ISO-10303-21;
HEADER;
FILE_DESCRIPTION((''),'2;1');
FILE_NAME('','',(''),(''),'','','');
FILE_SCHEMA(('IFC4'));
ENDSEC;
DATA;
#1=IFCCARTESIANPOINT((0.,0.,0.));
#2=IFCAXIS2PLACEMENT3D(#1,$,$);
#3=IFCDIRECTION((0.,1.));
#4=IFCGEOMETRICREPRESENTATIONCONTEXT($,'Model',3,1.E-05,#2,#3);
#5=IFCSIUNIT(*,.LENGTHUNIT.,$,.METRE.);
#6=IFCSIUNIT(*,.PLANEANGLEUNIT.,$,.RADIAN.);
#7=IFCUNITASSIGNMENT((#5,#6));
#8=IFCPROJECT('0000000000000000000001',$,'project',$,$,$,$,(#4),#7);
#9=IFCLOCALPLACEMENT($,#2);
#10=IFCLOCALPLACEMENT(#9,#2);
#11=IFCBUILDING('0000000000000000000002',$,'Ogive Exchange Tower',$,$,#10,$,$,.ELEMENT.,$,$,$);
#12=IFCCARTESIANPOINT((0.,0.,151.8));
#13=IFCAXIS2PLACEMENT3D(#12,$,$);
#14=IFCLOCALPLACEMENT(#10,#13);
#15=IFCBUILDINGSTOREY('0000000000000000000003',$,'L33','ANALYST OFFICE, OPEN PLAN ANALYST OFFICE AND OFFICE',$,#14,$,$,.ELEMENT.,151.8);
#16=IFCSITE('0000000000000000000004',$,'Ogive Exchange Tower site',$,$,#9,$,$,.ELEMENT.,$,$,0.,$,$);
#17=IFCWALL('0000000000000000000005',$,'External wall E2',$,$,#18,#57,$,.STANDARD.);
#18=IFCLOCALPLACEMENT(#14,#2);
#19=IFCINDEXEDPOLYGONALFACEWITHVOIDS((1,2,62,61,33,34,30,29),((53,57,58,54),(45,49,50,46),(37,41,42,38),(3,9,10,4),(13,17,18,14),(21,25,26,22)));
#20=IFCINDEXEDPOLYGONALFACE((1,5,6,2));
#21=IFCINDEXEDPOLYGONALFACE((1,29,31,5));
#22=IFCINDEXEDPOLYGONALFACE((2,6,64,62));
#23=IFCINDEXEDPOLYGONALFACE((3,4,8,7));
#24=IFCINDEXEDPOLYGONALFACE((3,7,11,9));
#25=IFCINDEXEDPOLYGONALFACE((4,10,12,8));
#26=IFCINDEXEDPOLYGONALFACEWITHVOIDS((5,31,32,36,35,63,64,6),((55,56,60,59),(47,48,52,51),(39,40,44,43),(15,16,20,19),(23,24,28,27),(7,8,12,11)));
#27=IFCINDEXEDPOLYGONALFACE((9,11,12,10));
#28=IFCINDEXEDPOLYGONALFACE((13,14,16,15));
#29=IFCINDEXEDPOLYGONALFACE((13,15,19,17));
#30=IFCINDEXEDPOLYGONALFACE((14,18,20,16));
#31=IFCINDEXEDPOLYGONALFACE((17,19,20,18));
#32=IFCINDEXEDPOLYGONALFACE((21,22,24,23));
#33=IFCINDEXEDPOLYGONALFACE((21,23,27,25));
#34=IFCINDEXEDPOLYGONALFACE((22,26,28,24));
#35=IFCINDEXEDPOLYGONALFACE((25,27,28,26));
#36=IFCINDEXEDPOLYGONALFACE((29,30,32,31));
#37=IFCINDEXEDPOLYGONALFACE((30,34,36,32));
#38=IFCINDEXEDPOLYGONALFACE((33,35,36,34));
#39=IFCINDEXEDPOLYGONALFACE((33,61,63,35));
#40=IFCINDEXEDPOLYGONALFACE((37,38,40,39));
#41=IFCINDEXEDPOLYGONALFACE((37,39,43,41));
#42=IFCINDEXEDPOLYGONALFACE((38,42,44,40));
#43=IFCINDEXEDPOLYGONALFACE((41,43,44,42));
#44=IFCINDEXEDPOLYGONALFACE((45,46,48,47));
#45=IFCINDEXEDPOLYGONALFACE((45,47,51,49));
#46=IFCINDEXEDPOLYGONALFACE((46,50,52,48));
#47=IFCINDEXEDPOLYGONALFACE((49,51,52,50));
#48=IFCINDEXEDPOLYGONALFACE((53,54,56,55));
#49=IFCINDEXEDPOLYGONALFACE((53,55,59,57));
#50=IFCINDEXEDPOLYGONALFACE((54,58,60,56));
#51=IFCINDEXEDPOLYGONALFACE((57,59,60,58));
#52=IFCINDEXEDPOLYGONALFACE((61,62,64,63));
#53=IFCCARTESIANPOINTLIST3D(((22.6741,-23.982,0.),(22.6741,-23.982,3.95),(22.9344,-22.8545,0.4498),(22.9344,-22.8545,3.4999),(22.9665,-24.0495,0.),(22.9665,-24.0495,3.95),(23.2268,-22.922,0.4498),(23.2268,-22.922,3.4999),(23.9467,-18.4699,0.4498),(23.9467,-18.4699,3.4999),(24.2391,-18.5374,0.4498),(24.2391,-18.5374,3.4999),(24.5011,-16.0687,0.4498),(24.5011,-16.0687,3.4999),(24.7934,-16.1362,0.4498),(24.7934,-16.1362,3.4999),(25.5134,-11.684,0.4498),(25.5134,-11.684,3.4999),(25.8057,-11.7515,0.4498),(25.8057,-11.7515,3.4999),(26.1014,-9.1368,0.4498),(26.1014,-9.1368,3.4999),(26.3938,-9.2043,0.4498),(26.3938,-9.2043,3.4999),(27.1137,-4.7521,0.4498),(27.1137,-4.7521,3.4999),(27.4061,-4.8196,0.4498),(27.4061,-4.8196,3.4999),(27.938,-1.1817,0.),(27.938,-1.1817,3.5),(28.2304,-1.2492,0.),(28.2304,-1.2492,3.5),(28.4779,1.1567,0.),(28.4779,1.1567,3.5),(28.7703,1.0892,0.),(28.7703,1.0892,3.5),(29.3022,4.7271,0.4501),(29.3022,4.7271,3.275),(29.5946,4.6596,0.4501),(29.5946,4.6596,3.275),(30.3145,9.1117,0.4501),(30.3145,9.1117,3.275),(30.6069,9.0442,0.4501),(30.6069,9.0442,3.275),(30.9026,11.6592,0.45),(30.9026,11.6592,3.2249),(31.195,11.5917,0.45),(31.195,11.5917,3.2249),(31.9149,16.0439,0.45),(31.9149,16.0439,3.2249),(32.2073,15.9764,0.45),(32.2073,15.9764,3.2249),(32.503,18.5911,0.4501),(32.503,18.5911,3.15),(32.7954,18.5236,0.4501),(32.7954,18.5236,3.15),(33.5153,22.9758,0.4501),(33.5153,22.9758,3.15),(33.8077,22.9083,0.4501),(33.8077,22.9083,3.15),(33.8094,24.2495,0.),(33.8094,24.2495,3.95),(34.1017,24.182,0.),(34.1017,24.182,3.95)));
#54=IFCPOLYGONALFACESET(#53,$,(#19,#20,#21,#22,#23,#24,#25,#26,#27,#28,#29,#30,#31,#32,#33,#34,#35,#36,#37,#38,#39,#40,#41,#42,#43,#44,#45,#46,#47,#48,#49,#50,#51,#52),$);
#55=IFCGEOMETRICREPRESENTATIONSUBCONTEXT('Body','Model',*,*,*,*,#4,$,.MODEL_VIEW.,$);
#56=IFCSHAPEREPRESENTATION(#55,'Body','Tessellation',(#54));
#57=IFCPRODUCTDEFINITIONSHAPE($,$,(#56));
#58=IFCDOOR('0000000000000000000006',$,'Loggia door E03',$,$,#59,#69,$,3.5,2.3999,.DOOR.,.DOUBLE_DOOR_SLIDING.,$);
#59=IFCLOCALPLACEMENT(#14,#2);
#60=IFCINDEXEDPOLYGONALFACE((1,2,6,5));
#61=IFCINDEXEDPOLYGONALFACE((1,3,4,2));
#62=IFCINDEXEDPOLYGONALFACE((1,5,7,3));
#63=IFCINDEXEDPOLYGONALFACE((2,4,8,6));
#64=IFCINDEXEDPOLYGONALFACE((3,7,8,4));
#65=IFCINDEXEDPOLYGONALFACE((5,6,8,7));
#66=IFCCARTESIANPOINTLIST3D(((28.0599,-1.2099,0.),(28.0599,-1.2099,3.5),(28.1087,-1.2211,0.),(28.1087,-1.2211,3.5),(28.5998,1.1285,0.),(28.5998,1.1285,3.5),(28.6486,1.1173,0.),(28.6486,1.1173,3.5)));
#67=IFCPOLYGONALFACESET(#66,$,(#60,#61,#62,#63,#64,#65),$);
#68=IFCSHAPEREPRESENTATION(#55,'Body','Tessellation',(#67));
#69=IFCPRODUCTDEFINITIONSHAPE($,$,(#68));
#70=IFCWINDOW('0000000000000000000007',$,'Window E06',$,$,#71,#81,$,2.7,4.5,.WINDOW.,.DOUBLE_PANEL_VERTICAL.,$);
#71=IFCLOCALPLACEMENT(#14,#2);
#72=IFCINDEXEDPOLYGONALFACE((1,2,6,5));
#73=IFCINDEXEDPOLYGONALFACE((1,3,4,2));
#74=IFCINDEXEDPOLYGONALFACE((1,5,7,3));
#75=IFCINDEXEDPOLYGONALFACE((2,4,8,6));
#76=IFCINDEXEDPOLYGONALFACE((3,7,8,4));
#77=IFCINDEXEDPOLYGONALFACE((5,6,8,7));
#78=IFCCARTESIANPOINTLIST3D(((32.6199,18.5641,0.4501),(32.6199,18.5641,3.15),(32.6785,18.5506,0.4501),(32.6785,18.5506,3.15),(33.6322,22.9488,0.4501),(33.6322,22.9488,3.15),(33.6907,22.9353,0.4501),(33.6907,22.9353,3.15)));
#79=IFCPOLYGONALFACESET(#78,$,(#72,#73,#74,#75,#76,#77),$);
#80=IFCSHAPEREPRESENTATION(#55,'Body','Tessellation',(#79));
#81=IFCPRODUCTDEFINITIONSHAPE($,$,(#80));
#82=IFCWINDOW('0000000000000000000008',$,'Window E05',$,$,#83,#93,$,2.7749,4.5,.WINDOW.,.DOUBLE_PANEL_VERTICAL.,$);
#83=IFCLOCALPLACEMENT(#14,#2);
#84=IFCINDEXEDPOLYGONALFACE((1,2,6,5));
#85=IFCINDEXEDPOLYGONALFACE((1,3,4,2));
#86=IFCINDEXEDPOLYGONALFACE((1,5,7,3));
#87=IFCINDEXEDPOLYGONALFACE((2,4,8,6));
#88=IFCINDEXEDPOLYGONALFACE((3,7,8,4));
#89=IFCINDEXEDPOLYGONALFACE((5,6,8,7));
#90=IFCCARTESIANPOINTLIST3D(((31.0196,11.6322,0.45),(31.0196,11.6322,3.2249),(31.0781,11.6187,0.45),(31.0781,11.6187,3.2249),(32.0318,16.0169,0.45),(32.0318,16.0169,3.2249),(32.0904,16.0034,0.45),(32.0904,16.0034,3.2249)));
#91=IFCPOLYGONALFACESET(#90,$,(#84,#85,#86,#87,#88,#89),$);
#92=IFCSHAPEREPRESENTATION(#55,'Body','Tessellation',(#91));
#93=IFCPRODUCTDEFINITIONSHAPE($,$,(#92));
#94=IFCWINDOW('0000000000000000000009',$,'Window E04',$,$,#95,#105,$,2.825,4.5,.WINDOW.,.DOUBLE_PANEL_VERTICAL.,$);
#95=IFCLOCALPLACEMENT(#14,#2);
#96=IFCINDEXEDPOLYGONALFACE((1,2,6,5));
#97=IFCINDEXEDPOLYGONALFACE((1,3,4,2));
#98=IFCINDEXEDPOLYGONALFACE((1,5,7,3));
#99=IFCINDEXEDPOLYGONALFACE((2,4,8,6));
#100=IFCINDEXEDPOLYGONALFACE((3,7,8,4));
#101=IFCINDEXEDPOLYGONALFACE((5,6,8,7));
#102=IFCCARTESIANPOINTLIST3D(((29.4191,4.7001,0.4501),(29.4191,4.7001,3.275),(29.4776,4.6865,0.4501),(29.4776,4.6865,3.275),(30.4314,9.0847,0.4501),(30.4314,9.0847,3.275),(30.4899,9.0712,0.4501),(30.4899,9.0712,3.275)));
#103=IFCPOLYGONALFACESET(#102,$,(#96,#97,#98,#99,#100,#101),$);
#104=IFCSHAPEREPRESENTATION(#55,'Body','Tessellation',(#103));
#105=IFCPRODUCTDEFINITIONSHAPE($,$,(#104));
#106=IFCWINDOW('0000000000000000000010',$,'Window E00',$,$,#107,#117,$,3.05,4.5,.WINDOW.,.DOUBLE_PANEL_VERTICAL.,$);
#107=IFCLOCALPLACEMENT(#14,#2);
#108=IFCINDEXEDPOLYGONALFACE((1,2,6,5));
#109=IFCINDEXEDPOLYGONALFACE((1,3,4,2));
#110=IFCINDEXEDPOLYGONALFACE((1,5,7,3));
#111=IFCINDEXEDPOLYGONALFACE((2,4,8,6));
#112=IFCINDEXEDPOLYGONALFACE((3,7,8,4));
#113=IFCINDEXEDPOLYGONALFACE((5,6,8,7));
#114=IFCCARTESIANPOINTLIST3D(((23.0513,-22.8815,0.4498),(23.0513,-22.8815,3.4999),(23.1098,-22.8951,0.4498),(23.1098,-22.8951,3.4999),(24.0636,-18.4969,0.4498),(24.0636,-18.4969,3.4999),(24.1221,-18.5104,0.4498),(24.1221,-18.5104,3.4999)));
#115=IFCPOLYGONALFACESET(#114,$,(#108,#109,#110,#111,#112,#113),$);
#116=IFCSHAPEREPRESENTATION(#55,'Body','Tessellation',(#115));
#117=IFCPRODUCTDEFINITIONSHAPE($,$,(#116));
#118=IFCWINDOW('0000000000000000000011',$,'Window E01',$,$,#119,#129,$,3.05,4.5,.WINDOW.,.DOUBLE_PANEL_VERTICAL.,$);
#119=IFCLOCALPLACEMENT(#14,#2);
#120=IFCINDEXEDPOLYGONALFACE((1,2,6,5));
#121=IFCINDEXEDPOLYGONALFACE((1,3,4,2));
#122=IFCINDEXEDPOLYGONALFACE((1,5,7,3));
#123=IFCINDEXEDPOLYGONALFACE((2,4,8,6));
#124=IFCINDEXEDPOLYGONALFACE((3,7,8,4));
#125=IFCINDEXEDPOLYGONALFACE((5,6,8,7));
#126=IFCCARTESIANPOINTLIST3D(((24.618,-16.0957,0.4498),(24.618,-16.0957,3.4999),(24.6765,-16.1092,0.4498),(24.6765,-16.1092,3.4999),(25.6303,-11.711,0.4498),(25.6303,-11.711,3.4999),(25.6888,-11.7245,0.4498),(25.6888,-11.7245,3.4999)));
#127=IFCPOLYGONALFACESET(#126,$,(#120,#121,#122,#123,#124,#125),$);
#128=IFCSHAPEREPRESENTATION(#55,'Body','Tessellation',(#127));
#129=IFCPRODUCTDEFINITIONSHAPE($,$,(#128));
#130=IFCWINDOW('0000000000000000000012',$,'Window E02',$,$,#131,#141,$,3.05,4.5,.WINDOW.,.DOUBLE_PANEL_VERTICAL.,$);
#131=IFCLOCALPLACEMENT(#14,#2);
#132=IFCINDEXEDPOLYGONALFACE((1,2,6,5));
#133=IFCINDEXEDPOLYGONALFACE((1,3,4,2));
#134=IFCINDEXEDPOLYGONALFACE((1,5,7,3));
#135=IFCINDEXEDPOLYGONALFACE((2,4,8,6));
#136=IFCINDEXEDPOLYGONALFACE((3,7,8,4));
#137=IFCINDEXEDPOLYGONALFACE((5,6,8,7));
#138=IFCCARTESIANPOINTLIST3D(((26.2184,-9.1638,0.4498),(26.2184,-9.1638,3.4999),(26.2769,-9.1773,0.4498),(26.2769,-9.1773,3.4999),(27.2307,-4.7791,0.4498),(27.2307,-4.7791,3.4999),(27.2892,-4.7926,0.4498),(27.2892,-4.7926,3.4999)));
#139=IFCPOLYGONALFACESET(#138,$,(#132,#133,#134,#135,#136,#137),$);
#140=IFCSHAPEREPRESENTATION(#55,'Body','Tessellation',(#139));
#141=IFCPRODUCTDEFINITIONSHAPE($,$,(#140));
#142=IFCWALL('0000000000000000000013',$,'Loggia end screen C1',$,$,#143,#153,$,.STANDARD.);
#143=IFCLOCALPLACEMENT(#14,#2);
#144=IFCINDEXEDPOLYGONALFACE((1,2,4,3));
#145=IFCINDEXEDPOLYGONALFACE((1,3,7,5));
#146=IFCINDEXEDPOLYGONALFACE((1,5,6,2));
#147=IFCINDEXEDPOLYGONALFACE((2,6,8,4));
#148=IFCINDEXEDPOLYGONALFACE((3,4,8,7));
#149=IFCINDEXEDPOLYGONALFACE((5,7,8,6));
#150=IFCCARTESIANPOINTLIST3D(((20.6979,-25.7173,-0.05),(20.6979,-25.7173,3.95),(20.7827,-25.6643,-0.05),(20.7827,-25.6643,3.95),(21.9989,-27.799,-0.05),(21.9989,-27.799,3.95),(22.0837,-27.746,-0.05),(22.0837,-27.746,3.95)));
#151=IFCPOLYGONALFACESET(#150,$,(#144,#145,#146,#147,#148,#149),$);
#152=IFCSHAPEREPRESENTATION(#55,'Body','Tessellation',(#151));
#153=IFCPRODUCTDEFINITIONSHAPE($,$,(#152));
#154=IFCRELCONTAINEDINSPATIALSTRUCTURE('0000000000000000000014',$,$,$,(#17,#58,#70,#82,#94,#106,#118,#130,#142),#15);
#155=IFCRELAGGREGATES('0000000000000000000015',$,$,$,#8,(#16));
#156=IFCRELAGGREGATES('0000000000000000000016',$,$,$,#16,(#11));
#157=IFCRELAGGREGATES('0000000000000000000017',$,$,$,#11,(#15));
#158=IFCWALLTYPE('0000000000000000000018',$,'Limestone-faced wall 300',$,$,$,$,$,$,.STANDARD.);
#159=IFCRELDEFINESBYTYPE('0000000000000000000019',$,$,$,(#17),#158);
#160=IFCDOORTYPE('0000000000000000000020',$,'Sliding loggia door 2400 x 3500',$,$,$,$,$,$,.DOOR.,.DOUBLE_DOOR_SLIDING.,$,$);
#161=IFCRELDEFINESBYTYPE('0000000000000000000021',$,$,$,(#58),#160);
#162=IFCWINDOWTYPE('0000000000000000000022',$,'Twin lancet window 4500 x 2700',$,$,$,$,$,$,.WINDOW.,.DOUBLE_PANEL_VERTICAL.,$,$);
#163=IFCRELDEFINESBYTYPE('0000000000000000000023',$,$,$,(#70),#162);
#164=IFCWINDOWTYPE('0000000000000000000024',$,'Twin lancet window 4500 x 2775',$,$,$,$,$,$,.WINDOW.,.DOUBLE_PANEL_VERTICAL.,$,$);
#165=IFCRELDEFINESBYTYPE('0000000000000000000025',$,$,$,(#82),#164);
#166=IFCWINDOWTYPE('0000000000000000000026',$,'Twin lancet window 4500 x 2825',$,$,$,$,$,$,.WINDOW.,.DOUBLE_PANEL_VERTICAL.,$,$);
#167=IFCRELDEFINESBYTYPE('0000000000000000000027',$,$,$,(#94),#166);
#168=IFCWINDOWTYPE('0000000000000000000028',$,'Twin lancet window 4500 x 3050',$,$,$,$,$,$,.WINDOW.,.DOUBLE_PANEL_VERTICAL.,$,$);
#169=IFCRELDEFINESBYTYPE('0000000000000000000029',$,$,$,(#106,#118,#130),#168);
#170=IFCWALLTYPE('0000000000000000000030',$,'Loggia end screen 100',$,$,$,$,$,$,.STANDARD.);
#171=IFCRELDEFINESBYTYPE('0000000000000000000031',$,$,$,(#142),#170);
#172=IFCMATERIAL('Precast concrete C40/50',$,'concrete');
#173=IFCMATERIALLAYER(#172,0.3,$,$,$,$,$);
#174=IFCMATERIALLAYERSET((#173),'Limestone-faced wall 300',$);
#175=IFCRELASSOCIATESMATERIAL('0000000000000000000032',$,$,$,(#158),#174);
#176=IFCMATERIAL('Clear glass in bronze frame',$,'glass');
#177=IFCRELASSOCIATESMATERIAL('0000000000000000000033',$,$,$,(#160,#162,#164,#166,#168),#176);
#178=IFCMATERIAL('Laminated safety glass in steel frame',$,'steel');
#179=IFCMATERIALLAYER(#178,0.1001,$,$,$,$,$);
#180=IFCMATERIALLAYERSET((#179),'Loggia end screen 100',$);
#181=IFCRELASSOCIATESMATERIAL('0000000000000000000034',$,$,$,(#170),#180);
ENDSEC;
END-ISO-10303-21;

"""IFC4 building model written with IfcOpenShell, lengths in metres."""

from ifc_helpers import new_model, si_unit, direction, frame, frame_2d, origin, place, context, subcontext, project, spatial, rectangle, extrude, material, layer, layer_set, type_object, element, fill, save


model = new_model("IFC4")

# Units and contexts
model_context = context("Model", 3, precision=1e-05, world=origin(), true_north=direction((0.0, 1.0)))
body_context = subcontext(model_context, "Body", "Model", "MODEL_VIEW")
ifc_project = project(units=[si_unit("LENGTHUNIT", "METRE"), si_unit("PLANEANGLEUNIT", "RADIAN")], contexts=[model_context])

# Site, building, storey
site_placement = place(None, origin())
site = spatial("IfcSite", under=ifc_project, at=site_placement, Name="Ogive Exchange Tower site", CompositionType="ELEMENT", RefElevation=0.0)
building_placement = place(site_placement, origin())
building = spatial("IfcBuilding", under=site, at=building_placement, Name="Ogive Exchange Tower", CompositionType="ELEMENT")
storey_placement = place(building_placement, frame((0.0, 0.0, 151.8)))
storey = spatial("IfcBuildingStorey", under=building, at=storey_placement, Name="L33", Description="ANALYST OFFICE, OPEN PLAN ANALYST OFFICE AND OFFICE", CompositionType="ELEMENT", Elevation=151.8)

# Wall, openings, door, windows
ifc_material_1 = material(Name="Precast concrete C40/50", Category="concrete")
ifc_layer_1 = layer(ifc_material_1, 0.3)
ifc_layer_set_1 = layer_set([ifc_layer_1], Name="Limestone-faced wall 300")
wall_type_1 = type_object("IfcWallType", Name="Limestone-faced wall 300", PredefinedType="STANDARD", material=ifc_layer_set_1)
wall_1_placement = place(storey_placement, frame((22.8203, -24.0156, 0.0), z_axis=(0.0, 0.0, 1.0), x_axis=(0.224954, 0.974369, 0.0)))
wall_1 = element("IfcWall", 1, at=wall_1_placement, inside=storey, type_object=wall_type_1, Name="External wall E2", PredefinedType="STANDARD", context=body_context, shape_type="SweptSolid", body=[
    extrude(rectangle(XDim=49.5002, YDim=0.3, at=frame_2d((24.75, 0.0))), origin(), (0.0, 0.0, 1.0), 3.95),
])
opening_1_placement = place(wall_1_placement, frame((1.157, 0.0, 0.45)))
opening_1 = element("IfcOpeningElement", 2, at=opening_1_placement, cuts=wall_1, PredefinedType="OPENING", context=body_context, shape_type="SweptSolid", body=[
    extrude(rectangle(XDim=4.5, YDim=3.05, at=frame_2d((2.25, 1.5249))), frame((0.0, 0.1599, 0.0), z_axis=(0.0, -1.0, 0.0), x_axis=(1.0, 0.0, 0.0)), (0.0, 0.0, 1.0), 0.3201),
])
opening_2_placement = place(wall_1_placement, frame((8.1213, 0.0, 0.45)))
opening_2 = element("IfcOpeningElement", 3, at=opening_2_placement, cuts=wall_1, PredefinedType="OPENING", context=body_context, shape_type="SweptSolid", body=[
    extrude(rectangle(XDim=4.5, YDim=3.05, at=frame_2d((2.25, 1.5249))), frame((0.0, 0.1599, 0.0), z_axis=(0.0, -1.0, 0.0), x_axis=(1.0, 0.0, 0.0)), (0.0, 0.0, 1.0), 0.3201),
])
opening_3_placement = place(wall_1_placement, frame((15.2356, 0.0, 0.45)))
opening_3 = element("IfcOpeningElement", 4, at=opening_3_placement, cuts=wall_1, PredefinedType="OPENING", context=body_context, shape_type="SweptSolid", body=[
    extrude(rectangle(XDim=4.5, YDim=3.05, at=frame_2d((2.25, 1.5249))), frame((0.0, 0.1599, 0.0), z_axis=(0.0, -1.0, 0.0), x_axis=(1.0, 0.0, 0.0)), (0.0, 0.0, 1.0), 0.3201),
])
opening_4_placement = place(wall_1_placement, frame((23.3999, 0.0, 0.0)))
opening_4 = element("IfcOpeningElement", 5, at=opening_4_placement, cuts=wall_1, PredefinedType="OPENING", context=body_context, shape_type="SweptSolid", body=[
    extrude(rectangle(XDim=2.3999, YDim=3.5, at=frame_2d((1.2, 1.75))), frame((0.0, 0.1599, 0.0), z_axis=(0.0, -1.0, 0.0), x_axis=(1.0, 0.0, 0.0)), (0.0, 0.0, 1.0), 0.3201),
])
opening_5_placement = place(wall_1_placement, frame((29.4641, 0.0, 0.45)))
opening_5 = element("IfcOpeningElement", 6, at=opening_5_placement, cuts=wall_1, PredefinedType="OPENING", context=body_context, shape_type="SweptSolid", body=[
    extrude(rectangle(XDim=4.5, YDim=2.825, at=frame_2d((2.25, 1.4126))), frame((0.0, 0.1599, 0.0), z_axis=(0.0, -1.0, 0.0), x_axis=(1.0, 0.0, 0.0)), (0.0, 0.0, 1.0), 0.3201),
])
opening_6_placement = place(wall_1_placement, frame((36.5786, 0.0, 0.45)))
opening_6 = element("IfcOpeningElement", 7, at=opening_6_placement, cuts=wall_1, PredefinedType="OPENING", context=body_context, shape_type="SweptSolid", body=[
    extrude(rectangle(XDim=4.5, YDim=2.7749, at=frame_2d((2.25, 1.3875))), frame((0.0, 0.1599, 0.0), z_axis=(0.0, -1.0, 0.0), x_axis=(1.0, 0.0, 0.0)), (0.0, 0.0, 1.0), 0.3201),
])
opening_7_placement = place(wall_1_placement, frame((43.6929, 0.0, 0.45)))
opening_7 = element("IfcOpeningElement", 8, at=opening_7_placement, cuts=wall_1, PredefinedType="OPENING", context=body_context, shape_type="SweptSolid", body=[
    extrude(rectangle(XDim=4.5, YDim=2.7, at=frame_2d((2.25, 1.3501))), frame((0.0, 0.1599, 0.0), z_axis=(0.0, -1.0, 0.0), x_axis=(1.0, 0.0, 0.0)), (0.0, 0.0, 1.0), 0.3201),
])
ifc_material_2 = material(Name="Clear glass in bronze frame", Category="glass")
door_type_1 = type_object("IfcDoorType", Name="Sliding loggia door 2400 x 3500", OperationType="DOUBLE_DOOR_SLIDING", PredefinedType="DOOR", material=ifc_material_2)
door_1_placement = place(opening_4_placement, origin())
door_1 = element("IfcDoor", 9, at=door_1_placement, inside=storey, type_object=door_type_1, Name="Loggia door E03", OperationType="DOUBLE_DOOR_SLIDING", OverallHeight=3.5, OverallWidth=2.3999, PredefinedType="DOOR", context=body_context, shape_type="SweptSolid", body=[
    extrude(rectangle(XDim=2.3999, YDim=3.5, at=frame_2d((1.2, 1.75))), frame((0.0, 0.0249, 0.0), z_axis=(0.0, -1.0, 0.0), x_axis=(1.0, 0.0, 0.0)), (0.0, 0.0, 1.0), 0.05),
])
fill(opening_4, door_1)
window_type_1 = type_object("IfcWindowType", Name="Twin lancet window 4500 x 2700", PartitioningType="DOUBLE_PANEL_VERTICAL", PredefinedType="WINDOW", material=ifc_material_2)
window_1_placement = place(opening_7_placement, origin())
window_1 = element("IfcWindow", 10, at=window_1_placement, inside=storey, type_object=window_type_1, Name="Window E06", OverallHeight=2.7, OverallWidth=4.5, PartitioningType="DOUBLE_PANEL_VERTICAL", PredefinedType="WINDOW", context=body_context, shape_type="SweptSolid", body=[
    extrude(rectangle(XDim=4.5, YDim=2.7, at=frame_2d((2.25, 1.3501))), frame((0.0, 0.03, 0.0), z_axis=(0.0, -1.0, 0.0), x_axis=(1.0, 0.0, 0.0)), (0.0, 0.0, 1.0), 0.0601),
])
fill(opening_7, window_1)
window_type_2 = type_object("IfcWindowType", Name="Twin lancet window 4500 x 2775", PartitioningType="DOUBLE_PANEL_VERTICAL", PredefinedType="WINDOW", material=ifc_material_2)
window_2_placement = place(opening_6_placement, origin())
window_2 = element("IfcWindow", 11, at=window_2_placement, inside=storey, type_object=window_type_2, Name="Window E05", OverallHeight=2.7749, OverallWidth=4.5, PartitioningType="DOUBLE_PANEL_VERTICAL", PredefinedType="WINDOW", context=body_context, shape_type="SweptSolid", body=[
    extrude(rectangle(XDim=4.5, YDim=2.7749, at=frame_2d((2.25, 1.3875))), frame((0.0, 0.03, 0.0), z_axis=(0.0, -1.0, 0.0), x_axis=(1.0, 0.0, 0.0)), (0.0, 0.0, 1.0), 0.0601),
])
fill(opening_6, window_2)
window_type_3 = type_object("IfcWindowType", Name="Twin lancet window 4500 x 2825", PartitioningType="DOUBLE_PANEL_VERTICAL", PredefinedType="WINDOW", material=ifc_material_2)
window_3_placement = place(opening_5_placement, origin())
window_3 = element("IfcWindow", 12, at=window_3_placement, inside=storey, type_object=window_type_3, Name="Window E04", OverallHeight=2.825, OverallWidth=4.5, PartitioningType="DOUBLE_PANEL_VERTICAL", PredefinedType="WINDOW", context=body_context, shape_type="SweptSolid", body=[
    extrude(rectangle(XDim=4.5, YDim=2.825, at=frame_2d((2.25, 1.4126))), frame((0.0, 0.03, 0.0), z_axis=(0.0, -1.0, 0.0), x_axis=(1.0, 0.0, 0.0)), (0.0, 0.0, 1.0), 0.0601),
])
fill(opening_5, window_3)
window_type_4 = type_object("IfcWindowType", Name="Twin lancet window 4500 x 3050", PartitioningType="DOUBLE_PANEL_VERTICAL", PredefinedType="WINDOW", material=ifc_material_2)
window_4_placement = place(opening_1_placement, origin())
window_4 = element("IfcWindow", 13, at=window_4_placement, inside=storey, type_object=window_type_4, Name="Window E00", OverallHeight=3.05, OverallWidth=4.5, PartitioningType="DOUBLE_PANEL_VERTICAL", PredefinedType="WINDOW", context=body_context, shape_type="SweptSolid", body=[
    extrude(rectangle(XDim=4.5, YDim=3.05, at=frame_2d((2.25, 1.5249))), frame((0.0, 0.03, 0.0), z_axis=(0.0, -1.0, 0.0), x_axis=(1.0, 0.0, 0.0)), (0.0, 0.0, 1.0), 0.0601),
])
fill(opening_1, window_4)
window_5_placement = place(opening_2_placement, origin())
window_5 = element("IfcWindow", 14, at=window_5_placement, inside=storey, type_object=window_type_4, Name="Window E01", OverallHeight=3.05, OverallWidth=4.5, PartitioningType="DOUBLE_PANEL_VERTICAL", PredefinedType="WINDOW", context=body_context, shape_type="SweptSolid", body=[
    extrude(rectangle(XDim=4.5, YDim=3.05, at=frame_2d((2.25, 1.5249))), frame((0.0, 0.03, 0.0), z_axis=(0.0, -1.0, 0.0), x_axis=(1.0, 0.0, 0.0)), (0.0, 0.0, 1.0), 0.0601),
])
fill(opening_2, window_5)
window_6_placement = place(opening_3_placement, origin())
window_6 = element("IfcWindow", 15, at=window_6_placement, inside=storey, type_object=window_type_4, Name="Window E02", OverallHeight=3.05, OverallWidth=4.5, PartitioningType="DOUBLE_PANEL_VERTICAL", PredefinedType="WINDOW", context=body_context, shape_type="SweptSolid", body=[
    extrude(rectangle(XDim=4.5, YDim=3.05, at=frame_2d((2.25, 1.5249))), frame((0.0, 0.03, 0.0), z_axis=(0.0, -1.0, 0.0), x_axis=(1.0, 0.0, 0.0)), (0.0, 0.0, 1.0), 0.0601),
])
fill(opening_3, window_6)

# Wall
ifc_material_3 = material(Name="Laminated safety glass in steel frame", Category="steel")
ifc_layer_2 = layer(ifc_material_3, 0.1001)
ifc_layer_set_2 = layer_set([ifc_layer_2], Name="Loggia end screen 100")
wall_type_2 = type_object("IfcWallType", Name="Loggia end screen 100", PredefinedType="STANDARD", material=ifc_layer_set_2)
wall_2_placement = place(storey_placement, frame((20.7402, -25.6907, -0.05), z_axis=(0.0, 0.0, 1.0), x_axis=(0.529972, -0.848015, 0.0)))
element("IfcWall", 16, at=wall_2_placement, inside=storey, type_object=wall_type_2, Name="Loggia end screen C1", PredefinedType="STANDARD", context=body_context, shape_type="SweptSolid", body=[
    extrude(rectangle(XDim=2.4548, YDim=0.1001, at=frame_2d((1.2275, 0.0))), origin(), (0.0, 0.0, 1.0), 4.0),
])

save(model, "model.ifc")
